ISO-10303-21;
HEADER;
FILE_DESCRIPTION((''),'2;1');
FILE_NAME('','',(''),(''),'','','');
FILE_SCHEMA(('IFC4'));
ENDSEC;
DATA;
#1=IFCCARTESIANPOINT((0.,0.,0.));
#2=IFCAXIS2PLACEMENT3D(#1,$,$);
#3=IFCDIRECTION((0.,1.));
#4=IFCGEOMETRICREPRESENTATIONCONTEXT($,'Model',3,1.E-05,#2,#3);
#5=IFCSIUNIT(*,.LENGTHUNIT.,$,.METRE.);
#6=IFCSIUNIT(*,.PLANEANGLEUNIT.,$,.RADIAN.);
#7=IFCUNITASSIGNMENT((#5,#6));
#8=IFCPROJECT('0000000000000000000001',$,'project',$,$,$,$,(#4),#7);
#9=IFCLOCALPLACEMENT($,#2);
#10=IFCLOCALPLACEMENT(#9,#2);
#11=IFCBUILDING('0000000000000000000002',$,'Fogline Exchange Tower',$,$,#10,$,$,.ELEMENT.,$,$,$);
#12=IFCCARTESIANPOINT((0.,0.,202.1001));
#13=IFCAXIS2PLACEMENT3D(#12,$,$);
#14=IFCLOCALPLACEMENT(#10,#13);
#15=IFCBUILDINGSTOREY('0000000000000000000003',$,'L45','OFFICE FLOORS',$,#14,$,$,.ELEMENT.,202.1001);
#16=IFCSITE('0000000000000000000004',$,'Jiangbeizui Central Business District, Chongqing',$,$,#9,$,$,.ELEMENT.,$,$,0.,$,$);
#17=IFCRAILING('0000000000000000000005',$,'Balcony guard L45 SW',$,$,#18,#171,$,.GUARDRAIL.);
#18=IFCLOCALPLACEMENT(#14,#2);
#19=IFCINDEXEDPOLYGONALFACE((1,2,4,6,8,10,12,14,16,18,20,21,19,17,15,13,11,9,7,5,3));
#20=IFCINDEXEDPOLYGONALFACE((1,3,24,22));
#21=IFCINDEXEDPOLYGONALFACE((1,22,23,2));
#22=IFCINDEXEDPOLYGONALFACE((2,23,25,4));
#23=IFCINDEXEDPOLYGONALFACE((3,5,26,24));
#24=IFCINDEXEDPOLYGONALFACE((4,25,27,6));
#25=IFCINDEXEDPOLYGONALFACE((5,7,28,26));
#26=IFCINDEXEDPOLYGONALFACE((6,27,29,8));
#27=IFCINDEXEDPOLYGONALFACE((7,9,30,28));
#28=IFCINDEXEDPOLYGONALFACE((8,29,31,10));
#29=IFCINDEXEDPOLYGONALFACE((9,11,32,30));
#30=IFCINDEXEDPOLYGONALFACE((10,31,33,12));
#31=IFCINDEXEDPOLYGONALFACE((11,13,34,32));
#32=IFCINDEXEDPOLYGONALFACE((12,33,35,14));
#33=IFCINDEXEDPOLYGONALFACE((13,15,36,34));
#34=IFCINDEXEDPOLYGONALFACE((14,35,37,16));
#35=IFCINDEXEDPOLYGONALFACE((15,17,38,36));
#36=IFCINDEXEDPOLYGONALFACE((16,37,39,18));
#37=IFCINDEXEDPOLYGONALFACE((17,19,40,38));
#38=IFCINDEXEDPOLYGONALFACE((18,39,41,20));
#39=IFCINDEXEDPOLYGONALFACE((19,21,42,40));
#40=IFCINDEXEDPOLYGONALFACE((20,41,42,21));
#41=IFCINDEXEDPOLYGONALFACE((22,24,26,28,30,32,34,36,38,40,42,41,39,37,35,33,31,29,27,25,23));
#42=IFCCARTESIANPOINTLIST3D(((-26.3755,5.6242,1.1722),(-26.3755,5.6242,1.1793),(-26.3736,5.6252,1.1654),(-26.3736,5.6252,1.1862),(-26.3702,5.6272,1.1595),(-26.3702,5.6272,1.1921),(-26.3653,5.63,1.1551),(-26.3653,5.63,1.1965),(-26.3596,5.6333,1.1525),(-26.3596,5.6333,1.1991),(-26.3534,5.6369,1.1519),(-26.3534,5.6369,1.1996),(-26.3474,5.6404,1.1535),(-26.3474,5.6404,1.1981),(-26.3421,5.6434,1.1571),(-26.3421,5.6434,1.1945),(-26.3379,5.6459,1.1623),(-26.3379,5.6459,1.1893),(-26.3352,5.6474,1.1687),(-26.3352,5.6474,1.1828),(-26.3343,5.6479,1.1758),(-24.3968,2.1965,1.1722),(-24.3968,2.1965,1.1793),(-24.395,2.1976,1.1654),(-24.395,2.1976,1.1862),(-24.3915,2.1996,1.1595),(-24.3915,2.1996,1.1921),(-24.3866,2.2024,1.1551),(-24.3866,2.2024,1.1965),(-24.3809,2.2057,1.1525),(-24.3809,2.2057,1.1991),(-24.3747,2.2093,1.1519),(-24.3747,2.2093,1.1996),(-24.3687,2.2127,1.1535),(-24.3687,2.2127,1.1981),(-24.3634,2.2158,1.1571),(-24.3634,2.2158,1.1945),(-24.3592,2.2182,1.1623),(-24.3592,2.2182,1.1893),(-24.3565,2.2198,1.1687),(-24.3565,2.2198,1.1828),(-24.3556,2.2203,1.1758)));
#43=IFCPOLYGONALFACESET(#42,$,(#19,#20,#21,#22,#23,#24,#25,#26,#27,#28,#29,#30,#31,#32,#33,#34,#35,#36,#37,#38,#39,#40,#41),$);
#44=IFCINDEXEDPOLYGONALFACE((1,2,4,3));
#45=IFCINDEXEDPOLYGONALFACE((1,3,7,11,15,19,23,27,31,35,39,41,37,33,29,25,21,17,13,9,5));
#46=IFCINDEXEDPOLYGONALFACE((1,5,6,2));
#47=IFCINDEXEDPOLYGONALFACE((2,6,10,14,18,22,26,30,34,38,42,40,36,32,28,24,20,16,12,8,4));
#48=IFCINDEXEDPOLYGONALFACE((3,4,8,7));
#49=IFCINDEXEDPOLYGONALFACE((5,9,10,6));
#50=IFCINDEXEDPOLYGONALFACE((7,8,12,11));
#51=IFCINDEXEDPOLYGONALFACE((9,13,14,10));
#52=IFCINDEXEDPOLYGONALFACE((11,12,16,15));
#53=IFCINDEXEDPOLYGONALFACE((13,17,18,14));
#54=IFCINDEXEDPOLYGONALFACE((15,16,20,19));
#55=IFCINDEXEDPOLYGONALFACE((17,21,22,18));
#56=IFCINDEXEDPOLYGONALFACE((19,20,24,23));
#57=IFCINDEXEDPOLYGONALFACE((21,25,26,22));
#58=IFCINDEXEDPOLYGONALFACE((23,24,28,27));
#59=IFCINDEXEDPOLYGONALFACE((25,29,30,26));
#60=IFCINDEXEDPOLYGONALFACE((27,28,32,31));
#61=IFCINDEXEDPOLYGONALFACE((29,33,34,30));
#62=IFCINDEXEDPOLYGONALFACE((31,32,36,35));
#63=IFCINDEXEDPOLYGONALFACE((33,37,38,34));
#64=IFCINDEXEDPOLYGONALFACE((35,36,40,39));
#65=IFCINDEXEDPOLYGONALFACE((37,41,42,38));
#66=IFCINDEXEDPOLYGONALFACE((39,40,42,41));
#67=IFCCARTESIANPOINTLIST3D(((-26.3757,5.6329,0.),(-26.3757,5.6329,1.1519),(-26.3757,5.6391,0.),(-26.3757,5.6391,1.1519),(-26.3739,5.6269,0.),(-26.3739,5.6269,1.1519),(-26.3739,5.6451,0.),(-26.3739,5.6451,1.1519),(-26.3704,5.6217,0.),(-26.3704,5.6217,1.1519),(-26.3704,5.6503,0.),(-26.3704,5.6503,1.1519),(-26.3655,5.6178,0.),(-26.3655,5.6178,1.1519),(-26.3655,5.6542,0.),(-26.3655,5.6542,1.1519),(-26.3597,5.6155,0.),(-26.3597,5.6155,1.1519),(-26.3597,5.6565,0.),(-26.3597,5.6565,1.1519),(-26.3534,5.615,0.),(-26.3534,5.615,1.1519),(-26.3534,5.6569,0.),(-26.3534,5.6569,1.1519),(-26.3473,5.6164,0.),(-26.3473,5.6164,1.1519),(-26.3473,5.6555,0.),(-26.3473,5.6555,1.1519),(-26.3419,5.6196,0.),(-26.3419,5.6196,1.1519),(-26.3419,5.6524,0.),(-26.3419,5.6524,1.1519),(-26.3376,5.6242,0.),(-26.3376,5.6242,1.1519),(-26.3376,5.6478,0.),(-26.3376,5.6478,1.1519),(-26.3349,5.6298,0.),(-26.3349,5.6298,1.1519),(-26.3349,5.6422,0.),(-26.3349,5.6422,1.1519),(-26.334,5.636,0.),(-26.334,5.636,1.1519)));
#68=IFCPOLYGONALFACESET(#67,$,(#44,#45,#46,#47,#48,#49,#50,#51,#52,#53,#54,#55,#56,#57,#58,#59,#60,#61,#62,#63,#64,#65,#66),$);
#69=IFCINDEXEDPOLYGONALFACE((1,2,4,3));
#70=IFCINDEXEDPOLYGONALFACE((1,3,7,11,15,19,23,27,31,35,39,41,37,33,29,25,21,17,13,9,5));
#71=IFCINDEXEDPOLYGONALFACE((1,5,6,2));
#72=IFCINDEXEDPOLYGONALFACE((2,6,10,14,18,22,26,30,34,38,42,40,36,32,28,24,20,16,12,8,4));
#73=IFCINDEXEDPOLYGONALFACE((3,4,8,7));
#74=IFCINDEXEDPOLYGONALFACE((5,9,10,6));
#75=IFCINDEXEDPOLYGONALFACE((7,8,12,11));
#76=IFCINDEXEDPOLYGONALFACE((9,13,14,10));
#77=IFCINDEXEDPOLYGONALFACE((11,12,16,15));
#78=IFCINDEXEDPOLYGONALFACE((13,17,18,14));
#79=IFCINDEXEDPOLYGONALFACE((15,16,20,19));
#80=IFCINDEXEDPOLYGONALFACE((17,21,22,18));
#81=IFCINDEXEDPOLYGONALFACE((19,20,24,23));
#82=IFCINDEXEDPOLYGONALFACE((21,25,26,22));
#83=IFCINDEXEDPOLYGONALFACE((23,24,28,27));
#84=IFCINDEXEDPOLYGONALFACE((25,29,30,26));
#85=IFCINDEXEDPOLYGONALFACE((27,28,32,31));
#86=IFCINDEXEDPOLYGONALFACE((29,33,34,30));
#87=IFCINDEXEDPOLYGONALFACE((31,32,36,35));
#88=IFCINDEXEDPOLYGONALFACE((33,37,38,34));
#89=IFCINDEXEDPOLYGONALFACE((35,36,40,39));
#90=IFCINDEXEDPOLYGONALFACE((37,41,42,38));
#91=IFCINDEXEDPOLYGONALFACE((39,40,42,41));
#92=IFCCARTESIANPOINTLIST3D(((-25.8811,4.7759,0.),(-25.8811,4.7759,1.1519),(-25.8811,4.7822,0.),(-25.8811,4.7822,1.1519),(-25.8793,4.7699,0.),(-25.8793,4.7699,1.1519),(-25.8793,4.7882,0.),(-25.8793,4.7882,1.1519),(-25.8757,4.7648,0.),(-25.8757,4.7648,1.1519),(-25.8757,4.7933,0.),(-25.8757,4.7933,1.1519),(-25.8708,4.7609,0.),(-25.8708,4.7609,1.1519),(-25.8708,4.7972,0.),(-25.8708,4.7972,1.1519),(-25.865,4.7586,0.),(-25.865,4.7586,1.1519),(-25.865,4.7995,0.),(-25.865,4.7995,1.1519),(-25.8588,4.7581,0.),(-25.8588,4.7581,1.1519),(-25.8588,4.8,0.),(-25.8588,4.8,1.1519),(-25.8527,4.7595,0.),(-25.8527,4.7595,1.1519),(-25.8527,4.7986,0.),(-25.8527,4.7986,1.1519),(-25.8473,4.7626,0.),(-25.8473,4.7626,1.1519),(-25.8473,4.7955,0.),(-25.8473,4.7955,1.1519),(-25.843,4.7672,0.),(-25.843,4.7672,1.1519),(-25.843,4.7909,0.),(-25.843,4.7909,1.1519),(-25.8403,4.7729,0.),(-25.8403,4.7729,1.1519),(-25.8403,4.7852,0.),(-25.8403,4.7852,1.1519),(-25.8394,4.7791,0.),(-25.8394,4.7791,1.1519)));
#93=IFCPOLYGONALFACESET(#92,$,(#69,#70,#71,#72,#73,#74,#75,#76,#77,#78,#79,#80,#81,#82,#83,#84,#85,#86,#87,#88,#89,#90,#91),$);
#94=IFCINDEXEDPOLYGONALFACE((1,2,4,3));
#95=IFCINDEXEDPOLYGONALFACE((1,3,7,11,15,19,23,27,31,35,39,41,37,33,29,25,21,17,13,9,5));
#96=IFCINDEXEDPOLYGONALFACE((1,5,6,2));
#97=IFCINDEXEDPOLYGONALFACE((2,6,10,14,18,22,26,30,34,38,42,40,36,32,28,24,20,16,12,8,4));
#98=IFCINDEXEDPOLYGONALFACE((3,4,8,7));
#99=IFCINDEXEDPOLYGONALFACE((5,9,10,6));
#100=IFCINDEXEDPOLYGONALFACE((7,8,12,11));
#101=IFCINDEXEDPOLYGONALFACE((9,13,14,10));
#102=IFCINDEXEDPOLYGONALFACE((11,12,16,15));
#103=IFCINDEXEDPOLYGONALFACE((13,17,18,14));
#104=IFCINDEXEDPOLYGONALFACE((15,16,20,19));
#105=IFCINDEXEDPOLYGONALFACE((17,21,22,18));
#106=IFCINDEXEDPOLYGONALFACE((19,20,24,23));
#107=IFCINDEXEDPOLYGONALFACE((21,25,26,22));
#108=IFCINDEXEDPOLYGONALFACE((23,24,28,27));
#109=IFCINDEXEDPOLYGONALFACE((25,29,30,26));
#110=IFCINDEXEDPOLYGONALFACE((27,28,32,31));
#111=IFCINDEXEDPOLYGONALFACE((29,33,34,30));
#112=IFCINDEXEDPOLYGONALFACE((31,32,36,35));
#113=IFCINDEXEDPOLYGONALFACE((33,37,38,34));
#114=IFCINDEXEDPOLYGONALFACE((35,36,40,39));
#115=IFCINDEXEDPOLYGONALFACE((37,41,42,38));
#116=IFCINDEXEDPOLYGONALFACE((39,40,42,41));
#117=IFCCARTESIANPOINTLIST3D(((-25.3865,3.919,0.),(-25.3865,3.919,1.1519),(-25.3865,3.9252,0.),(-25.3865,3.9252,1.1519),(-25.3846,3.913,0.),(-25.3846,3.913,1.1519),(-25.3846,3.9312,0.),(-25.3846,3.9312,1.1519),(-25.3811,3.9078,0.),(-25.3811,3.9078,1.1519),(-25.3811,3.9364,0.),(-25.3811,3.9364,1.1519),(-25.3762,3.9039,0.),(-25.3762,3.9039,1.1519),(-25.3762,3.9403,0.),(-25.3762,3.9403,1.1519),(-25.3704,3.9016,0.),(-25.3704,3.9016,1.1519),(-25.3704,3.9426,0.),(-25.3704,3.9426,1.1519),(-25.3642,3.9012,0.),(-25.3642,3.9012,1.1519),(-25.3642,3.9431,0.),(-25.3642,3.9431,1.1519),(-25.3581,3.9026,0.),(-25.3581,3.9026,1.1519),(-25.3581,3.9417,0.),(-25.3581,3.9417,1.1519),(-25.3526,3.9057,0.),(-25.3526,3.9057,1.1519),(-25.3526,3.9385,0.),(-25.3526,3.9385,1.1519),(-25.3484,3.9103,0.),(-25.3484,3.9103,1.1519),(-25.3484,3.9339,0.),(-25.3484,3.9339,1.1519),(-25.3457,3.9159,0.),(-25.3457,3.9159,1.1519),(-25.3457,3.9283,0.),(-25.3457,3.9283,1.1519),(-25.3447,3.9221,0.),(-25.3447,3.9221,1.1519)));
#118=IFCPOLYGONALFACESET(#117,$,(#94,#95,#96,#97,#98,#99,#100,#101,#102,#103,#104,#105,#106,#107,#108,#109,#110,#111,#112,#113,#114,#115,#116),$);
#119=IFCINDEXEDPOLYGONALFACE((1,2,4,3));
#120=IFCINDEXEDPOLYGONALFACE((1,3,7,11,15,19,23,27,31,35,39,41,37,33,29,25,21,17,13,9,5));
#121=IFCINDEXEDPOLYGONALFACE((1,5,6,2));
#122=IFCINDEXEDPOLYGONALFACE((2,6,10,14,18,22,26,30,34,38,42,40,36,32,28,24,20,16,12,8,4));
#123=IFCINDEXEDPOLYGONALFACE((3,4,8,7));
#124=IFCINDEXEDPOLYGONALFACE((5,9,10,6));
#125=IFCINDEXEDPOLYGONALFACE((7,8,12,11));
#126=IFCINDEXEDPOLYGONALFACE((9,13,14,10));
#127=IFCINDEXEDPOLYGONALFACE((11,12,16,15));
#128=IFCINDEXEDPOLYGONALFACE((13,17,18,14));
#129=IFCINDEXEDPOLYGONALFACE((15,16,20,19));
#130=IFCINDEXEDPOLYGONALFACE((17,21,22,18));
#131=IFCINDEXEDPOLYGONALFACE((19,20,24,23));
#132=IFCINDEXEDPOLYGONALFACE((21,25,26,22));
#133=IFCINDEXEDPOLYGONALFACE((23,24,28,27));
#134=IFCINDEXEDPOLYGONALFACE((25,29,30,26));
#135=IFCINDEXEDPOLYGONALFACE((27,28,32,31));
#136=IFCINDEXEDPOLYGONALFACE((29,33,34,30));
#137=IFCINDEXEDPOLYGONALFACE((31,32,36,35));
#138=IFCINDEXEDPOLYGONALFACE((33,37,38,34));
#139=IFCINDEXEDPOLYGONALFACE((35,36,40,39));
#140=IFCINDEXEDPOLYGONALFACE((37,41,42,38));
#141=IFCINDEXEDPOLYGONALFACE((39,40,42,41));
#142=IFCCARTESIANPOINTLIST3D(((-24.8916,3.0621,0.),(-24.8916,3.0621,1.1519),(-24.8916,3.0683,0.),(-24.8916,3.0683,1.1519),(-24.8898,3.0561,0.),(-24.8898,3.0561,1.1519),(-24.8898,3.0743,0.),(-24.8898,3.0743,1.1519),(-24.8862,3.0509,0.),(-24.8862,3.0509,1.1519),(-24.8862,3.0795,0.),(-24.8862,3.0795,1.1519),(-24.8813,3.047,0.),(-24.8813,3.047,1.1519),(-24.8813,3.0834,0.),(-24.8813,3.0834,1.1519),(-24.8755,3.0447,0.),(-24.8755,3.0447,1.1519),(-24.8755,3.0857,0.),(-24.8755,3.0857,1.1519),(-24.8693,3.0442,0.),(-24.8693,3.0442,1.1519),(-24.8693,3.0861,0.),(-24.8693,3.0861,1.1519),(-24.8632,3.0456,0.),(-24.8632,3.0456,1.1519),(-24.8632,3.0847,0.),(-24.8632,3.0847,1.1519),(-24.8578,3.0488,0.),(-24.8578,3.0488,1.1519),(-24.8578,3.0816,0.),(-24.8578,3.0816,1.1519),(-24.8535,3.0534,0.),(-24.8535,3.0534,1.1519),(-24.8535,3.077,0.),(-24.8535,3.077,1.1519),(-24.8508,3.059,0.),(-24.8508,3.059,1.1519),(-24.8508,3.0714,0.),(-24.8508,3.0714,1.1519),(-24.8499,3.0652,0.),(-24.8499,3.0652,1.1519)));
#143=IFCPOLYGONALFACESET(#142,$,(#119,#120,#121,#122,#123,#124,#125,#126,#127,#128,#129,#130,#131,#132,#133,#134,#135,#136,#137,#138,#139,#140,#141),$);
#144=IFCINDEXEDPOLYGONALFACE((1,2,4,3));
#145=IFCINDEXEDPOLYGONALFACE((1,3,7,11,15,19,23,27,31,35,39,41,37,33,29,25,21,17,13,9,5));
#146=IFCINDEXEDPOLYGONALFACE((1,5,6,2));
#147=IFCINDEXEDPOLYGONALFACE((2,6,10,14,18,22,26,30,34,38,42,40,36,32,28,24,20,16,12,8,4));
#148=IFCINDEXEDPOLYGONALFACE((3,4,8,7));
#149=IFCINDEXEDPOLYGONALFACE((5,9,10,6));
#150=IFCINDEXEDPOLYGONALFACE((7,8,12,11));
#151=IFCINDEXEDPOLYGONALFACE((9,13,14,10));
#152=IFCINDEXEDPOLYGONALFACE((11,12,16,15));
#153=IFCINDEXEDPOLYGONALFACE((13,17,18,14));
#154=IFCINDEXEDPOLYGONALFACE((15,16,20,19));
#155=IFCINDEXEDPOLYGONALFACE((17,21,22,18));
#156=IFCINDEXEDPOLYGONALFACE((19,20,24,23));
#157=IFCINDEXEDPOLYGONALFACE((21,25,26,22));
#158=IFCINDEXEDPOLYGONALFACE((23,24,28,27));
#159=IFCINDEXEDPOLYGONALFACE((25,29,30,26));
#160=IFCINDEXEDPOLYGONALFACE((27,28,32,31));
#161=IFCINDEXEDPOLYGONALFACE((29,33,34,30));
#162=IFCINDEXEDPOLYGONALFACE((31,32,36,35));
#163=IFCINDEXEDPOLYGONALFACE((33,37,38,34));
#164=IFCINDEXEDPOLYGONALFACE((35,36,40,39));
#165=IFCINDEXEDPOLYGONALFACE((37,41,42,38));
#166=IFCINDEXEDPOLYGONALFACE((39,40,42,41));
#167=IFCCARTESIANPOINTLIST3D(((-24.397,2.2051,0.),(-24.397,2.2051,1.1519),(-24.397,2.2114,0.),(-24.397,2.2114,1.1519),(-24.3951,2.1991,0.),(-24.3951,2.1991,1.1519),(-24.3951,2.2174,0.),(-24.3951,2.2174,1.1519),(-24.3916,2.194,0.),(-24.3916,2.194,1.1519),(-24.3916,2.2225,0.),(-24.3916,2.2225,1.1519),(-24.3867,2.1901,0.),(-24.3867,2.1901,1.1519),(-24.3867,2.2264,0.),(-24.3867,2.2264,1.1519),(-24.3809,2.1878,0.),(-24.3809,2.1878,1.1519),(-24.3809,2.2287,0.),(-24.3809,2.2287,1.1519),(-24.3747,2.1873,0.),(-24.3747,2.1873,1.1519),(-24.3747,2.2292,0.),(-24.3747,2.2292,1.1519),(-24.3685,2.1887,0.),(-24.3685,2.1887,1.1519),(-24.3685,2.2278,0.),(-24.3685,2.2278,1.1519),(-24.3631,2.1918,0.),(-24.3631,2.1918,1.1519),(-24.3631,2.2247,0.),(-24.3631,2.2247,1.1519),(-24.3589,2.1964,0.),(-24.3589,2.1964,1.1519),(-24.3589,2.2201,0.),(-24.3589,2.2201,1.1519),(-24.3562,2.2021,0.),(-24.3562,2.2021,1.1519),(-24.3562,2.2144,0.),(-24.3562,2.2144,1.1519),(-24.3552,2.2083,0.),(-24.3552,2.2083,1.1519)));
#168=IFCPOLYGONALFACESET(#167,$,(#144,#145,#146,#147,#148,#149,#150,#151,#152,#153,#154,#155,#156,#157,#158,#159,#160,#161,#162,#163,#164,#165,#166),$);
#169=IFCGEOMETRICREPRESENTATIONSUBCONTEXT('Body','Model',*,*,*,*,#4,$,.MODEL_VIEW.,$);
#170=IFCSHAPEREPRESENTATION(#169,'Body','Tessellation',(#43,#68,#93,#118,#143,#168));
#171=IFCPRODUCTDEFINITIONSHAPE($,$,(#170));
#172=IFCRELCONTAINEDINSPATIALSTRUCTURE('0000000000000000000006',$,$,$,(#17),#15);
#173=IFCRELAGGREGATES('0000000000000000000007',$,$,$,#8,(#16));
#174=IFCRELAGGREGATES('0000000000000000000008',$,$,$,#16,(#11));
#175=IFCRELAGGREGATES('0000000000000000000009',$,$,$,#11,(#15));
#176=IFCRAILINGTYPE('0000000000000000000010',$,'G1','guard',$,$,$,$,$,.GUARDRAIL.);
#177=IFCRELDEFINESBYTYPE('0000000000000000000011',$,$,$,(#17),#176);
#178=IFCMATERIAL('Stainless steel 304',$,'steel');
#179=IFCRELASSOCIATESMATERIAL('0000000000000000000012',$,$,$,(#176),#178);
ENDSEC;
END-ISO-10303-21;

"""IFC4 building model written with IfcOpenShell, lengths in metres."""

from ifc_helpers import new_model, si_unit, direction, frame, origin, origin_2d, place, context, subcontext, project, spatial, circle, extrude, material, type_object, element, save


model = new_model("IFC4")

# Units and contexts
model_context = context("Model", 3, precision=1e-05, world=origin(), true_north=direction((0.0, 1.0)))
body_context = subcontext(model_context, "Body", "Model", "MODEL_VIEW")
ifc_project = project(units=[si_unit("LENGTHUNIT", "METRE"), si_unit("PLANEANGLEUNIT", "RADIAN")], contexts=[model_context])

# Site, building, storey
site_placement = place(None, origin())
site = spatial("IfcSite", under=ifc_project, at=site_placement, Name="Jiangbeizui Central Business District, Chongqing", CompositionType="ELEMENT", RefElevation=0.0)
building_placement = place(site_placement, origin())
building = spatial("IfcBuilding", under=site, at=building_placement, Name="Fogline Exchange Tower", CompositionType="ELEMENT")
storey_placement = place(building_placement, frame((0.0, 0.0, 202.1001)))
storey = spatial("IfcBuildingStorey", under=building, at=storey_placement, Name="L45", Description="OFFICE FLOORS", CompositionType="ELEMENT", Elevation=202.1001)

# Railing
ifc_material_1 = material(Name="Stainless steel 304", Category="steel")
railing_type = type_object("IfcRailingType", Name="G1", Description="guard", PredefinedType="GUARDRAIL", material=ifc_material_1)
railing_placement = place(storey_placement, frame((-26.355, 5.636, 0.0)))
element("IfcRailing", 1, at=railing_placement, inside=storey, type_object=railing_type, Name="Balcony guard L45 SW", PredefinedType="GUARDRAIL", context=body_context, shape_type="SweptSolid", body=[
    extrude(circle(Radius=0.0239, at=origin_2d()), frame((0.0, 0.0, 1.1758), z_axis=(0.499954, -0.866052, 0.0), x_axis=(0.866052, 0.499954, 0.0)), (0.0, 0.0, 1.0), 3.9578),
    extrude(circle(Radius=0.021, at=origin_2d()), origin(), (0.0, 0.0, 1.0), 1.1519),
    extrude(circle(Radius=0.021, at=origin_2d()), frame((0.4946, -0.8569, 0.0)), (0.0, 0.0, 1.0), 1.1519),
    extrude(circle(Radius=0.021, at=origin_2d()), frame((0.9893, -1.7139, 0.0)), (0.0, 0.0, 1.0), 1.1519),
    extrude(circle(Radius=0.021, at=origin_2d()), frame((1.4841, -2.5708, 0.0)), (0.0, 0.0, 1.0), 1.1519),
    extrude(circle(Radius=0.021, at=origin_2d()), frame((1.9788, -3.4277, 0.0)), (0.0, 0.0, 1.0), 1.1519),
])

save(model, "model.ifc")
